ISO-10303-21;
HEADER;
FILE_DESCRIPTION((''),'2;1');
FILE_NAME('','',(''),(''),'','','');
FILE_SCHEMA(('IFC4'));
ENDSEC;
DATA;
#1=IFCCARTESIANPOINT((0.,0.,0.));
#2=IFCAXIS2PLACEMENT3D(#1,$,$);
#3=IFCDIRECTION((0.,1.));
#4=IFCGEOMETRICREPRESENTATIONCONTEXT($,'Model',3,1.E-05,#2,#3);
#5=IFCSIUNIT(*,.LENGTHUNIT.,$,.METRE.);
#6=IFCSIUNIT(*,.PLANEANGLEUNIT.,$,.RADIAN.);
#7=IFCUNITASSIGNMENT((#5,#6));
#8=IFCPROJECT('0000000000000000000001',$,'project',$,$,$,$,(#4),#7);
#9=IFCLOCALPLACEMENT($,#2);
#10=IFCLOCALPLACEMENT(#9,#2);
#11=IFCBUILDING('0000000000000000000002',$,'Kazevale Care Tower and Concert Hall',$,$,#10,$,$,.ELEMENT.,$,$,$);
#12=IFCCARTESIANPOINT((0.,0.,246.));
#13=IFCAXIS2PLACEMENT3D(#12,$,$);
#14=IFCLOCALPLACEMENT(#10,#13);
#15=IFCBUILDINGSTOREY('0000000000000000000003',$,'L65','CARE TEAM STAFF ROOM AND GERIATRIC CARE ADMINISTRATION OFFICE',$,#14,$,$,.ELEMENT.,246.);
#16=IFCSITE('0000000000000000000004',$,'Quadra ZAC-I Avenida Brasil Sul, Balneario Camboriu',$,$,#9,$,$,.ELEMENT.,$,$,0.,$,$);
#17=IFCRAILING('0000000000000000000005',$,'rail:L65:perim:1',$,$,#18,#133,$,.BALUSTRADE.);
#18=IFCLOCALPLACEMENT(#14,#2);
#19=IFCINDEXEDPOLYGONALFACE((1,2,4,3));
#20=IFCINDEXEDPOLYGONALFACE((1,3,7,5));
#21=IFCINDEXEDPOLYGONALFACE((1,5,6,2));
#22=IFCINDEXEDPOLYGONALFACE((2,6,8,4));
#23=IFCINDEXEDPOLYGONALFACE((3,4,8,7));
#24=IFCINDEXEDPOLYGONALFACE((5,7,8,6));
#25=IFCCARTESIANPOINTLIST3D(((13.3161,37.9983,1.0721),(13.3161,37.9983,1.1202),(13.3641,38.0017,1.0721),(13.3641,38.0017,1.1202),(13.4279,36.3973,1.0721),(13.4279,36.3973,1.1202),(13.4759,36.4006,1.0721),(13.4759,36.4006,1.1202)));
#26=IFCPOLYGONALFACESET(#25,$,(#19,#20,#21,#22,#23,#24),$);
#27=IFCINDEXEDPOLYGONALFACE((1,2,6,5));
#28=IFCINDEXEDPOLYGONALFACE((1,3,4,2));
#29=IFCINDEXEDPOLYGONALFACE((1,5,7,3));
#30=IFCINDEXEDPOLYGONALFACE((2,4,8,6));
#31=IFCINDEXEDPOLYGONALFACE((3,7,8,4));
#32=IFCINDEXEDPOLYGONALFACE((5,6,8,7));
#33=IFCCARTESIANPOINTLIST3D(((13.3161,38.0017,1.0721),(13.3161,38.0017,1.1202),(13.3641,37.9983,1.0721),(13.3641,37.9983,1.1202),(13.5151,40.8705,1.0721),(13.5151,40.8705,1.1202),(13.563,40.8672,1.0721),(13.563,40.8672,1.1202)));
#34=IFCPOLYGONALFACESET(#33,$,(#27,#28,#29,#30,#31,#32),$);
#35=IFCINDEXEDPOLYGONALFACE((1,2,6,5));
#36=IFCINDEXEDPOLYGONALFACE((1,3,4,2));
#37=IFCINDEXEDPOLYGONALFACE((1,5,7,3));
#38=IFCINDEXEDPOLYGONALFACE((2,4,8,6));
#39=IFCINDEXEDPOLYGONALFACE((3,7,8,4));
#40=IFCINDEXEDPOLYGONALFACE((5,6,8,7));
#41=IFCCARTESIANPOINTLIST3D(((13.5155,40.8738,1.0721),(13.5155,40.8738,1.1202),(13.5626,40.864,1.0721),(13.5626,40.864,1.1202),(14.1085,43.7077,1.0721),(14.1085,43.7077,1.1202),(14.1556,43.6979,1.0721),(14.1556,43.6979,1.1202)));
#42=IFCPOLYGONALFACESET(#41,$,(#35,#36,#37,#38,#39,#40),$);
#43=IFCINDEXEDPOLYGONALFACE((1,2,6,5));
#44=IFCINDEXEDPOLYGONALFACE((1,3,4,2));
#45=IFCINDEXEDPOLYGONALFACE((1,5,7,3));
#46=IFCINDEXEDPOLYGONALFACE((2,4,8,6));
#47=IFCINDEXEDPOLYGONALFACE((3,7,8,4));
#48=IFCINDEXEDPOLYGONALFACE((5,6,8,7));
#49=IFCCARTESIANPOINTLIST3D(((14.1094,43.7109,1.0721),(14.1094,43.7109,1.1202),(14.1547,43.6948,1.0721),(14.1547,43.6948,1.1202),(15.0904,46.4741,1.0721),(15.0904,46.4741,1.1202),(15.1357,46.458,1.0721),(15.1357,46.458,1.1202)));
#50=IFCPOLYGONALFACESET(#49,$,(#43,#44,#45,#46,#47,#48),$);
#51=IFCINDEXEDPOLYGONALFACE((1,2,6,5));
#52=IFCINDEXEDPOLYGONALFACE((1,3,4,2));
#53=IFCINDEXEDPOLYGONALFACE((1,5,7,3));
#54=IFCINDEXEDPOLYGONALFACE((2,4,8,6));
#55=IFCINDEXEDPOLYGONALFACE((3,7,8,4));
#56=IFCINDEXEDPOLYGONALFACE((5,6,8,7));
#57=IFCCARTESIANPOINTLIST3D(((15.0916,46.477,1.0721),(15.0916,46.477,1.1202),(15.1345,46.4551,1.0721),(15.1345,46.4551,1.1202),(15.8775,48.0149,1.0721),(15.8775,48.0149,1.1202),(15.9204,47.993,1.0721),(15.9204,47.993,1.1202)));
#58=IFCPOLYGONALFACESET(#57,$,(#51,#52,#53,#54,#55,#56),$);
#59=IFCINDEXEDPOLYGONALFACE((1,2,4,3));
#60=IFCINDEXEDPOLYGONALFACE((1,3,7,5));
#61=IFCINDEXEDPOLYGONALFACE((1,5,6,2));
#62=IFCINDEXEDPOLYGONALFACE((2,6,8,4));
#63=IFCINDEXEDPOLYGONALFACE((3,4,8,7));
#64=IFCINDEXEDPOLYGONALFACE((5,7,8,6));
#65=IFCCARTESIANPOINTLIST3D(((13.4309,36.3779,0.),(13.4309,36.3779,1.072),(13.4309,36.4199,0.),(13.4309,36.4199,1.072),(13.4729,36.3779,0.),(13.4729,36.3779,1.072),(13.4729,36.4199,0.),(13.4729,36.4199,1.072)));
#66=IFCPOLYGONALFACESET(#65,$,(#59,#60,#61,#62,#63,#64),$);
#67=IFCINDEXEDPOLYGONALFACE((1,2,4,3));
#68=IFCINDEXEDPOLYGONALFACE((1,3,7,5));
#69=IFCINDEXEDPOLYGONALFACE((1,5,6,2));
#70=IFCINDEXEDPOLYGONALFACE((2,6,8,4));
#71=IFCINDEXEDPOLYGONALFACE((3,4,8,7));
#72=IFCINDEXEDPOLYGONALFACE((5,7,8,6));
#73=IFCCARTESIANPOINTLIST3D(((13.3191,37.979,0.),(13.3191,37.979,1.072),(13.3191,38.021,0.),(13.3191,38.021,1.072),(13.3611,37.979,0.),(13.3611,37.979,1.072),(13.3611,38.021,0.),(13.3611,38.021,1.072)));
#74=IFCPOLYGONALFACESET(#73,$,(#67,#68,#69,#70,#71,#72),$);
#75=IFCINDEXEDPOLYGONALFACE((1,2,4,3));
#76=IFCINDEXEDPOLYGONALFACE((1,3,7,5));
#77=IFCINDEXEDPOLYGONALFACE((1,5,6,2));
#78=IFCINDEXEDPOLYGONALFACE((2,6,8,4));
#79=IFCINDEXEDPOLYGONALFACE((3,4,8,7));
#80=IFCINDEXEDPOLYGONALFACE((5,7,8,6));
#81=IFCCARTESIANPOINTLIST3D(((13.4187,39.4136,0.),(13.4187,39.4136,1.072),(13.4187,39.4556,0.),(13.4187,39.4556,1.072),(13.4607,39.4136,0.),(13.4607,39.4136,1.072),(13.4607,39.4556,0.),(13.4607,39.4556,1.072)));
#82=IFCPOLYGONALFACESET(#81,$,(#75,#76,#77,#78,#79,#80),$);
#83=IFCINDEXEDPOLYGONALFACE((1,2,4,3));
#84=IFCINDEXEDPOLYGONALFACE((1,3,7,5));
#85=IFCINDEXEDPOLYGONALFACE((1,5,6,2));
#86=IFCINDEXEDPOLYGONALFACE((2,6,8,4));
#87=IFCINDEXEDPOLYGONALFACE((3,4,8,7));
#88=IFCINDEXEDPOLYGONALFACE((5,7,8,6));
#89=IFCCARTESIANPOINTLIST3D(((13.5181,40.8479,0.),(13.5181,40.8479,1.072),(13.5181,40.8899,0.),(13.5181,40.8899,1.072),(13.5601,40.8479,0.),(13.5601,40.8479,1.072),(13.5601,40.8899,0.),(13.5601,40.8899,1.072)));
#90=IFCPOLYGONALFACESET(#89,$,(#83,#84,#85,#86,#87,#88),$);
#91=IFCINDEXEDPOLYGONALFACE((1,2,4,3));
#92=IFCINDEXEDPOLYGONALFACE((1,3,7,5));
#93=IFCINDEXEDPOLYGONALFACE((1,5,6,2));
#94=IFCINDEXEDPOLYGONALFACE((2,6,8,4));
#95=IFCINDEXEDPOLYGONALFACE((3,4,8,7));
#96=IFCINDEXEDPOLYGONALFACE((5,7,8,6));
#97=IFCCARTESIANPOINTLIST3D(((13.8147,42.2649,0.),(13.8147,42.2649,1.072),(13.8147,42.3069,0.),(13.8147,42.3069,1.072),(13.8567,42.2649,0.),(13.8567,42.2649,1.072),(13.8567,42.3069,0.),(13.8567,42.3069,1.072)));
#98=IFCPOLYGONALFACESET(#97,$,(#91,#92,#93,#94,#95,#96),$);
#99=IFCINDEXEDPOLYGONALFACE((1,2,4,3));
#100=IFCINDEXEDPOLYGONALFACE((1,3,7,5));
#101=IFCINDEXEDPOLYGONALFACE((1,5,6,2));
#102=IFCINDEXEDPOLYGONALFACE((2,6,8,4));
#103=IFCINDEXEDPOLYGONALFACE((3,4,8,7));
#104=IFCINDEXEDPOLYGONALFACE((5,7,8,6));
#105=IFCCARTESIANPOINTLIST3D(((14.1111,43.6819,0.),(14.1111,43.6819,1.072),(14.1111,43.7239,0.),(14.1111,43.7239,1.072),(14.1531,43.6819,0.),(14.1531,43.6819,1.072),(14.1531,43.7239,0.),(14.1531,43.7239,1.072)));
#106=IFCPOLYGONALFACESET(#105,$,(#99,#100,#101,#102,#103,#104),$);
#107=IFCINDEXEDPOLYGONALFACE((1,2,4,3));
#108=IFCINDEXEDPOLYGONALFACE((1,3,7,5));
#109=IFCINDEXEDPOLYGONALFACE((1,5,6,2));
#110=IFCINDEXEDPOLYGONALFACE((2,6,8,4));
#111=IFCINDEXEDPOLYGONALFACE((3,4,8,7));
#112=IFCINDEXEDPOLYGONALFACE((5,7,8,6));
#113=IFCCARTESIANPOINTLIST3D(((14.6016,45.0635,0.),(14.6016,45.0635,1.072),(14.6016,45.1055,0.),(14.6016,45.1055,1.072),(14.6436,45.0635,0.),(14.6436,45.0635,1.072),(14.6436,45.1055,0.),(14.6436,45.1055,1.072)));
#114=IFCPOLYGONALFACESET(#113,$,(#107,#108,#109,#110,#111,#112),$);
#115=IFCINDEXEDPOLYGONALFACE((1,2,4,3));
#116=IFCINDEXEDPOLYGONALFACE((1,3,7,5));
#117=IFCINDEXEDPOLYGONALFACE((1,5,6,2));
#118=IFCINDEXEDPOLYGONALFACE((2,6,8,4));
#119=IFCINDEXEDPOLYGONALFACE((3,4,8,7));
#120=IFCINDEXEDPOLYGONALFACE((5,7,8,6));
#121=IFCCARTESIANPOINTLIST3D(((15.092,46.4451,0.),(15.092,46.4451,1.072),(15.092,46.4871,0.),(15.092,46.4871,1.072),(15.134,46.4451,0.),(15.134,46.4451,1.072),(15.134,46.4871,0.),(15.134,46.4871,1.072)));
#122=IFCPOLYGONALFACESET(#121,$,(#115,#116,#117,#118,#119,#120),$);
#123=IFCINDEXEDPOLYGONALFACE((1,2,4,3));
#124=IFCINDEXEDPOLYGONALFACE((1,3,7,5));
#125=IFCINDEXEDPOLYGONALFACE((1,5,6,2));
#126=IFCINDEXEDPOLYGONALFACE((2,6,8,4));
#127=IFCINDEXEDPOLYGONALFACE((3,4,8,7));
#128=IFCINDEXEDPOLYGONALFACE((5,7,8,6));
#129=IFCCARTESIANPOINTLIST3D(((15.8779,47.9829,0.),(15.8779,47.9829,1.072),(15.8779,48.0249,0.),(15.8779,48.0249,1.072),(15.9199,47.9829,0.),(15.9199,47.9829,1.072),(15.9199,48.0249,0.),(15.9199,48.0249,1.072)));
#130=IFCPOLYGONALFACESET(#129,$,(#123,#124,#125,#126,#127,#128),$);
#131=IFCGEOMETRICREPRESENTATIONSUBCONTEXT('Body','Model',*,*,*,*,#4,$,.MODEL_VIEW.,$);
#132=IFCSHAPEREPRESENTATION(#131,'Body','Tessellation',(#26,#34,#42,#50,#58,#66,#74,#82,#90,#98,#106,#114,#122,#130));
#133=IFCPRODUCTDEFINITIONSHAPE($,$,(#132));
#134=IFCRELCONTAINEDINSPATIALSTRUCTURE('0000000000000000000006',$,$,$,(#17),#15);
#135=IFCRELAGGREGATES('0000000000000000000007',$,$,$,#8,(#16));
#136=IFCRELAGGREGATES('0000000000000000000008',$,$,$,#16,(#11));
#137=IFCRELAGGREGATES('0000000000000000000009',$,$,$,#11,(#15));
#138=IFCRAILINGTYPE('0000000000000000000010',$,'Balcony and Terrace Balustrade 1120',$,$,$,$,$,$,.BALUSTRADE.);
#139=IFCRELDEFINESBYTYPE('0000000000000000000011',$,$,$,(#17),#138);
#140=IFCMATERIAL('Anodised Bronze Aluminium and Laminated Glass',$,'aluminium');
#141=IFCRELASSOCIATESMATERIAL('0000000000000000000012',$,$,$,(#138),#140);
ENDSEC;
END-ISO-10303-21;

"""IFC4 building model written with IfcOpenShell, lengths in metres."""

from ifc_helpers import new_model, si_unit, direction, frame, origin, origin_2d, place, context, subcontext, project, spatial, rectangle, extrude, material, type_object, element, save


model = new_model("IFC4")

# Units and contexts
model_context = context("Model", 3, precision=1e-05, world=origin(), true_north=direction((0.0, 1.0)))
body_context = subcontext(model_context, "Body", "Model", "MODEL_VIEW")
ifc_project = project(units=[si_unit("LENGTHUNIT", "METRE"), si_unit("PLANEANGLEUNIT", "RADIAN")], contexts=[model_context])

# Site, building, storey
site_placement = place(None, origin())
site = spatial("IfcSite", under=ifc_project, at=site_placement, Name="Quadra ZAC-I Avenida Brasil Sul, Balneario Camboriu", CompositionType="ELEMENT", RefElevation=0.0)
building_placement = place(site_placement, origin())
building = spatial("IfcBuilding", under=site, at=building_placement, Name="Kazevale Care Tower and Concert Hall", CompositionType="ELEMENT")
storey_placement = place(building_placement, frame((0.0, 0.0, 246.0)))
storey = spatial("IfcBuildingStorey", under=building, at=storey_placement, Name="L65", Description="CARE TEAM STAFF ROOM AND GERIATRIC CARE ADMINISTRATION OFFICE", CompositionType="ELEMENT", Elevation=246.0)

# Railing
ifc_material_1 = material(Name="Anodised Bronze Aluminium and Laminated Glass", Category="aluminium")
railing_type = type_object("IfcRailingType", Name="Balcony and Terrace Balustrade 1120", PredefinedType="BALUSTRADE", material=ifc_material_1)
railing_placement = place(storey_placement, frame((13.4519, 36.3989, 0.0)))
element("IfcRailing", 1, at=railing_placement, inside=storey, type_object=railing_type, Name="rail:L65:perim:1", PredefinedType="BALUSTRADE", context=body_context, shape_type="SweptSolid", body=[
    extrude(rectangle(XDim=0.0481, YDim=0.0481, at=origin_2d()), frame((0.0, 0.0, 1.0962), z_axis=(-0.069669, 0.99757, 0.0), x_axis=(-0.99757, -0.069669, 0.0)), (0.0, 0.0, 1.0), 1.605),
    extrude(rectangle(XDim=0.0481, YDim=0.0481, at=origin_2d()), frame((-0.1118, 1.6011, 1.0962), z_axis=(0.06919, 0.997604, 0.0), x_axis=(-0.997604, 0.06919, 0.0)), (0.0, 0.0, 1.0), 2.8757),
    extrude(rectangle(XDim=0.0481, YDim=0.0481, at=origin_2d()), frame((0.0872, 4.47, 1.0962), z_axis=(0.204816, 0.9788, 0.0), x_axis=(-0.9788, 0.204816, 0.0)), (0.0, 0.0, 1.0), 2.8953),
    extrude(rectangle(XDim=0.0481, YDim=0.0481, at=origin_2d()), frame((0.6802, 7.304, 1.0962), z_axis=(0.334553, 0.942377, 0.0), x_axis=(-0.942377, 0.334553, 0.0)), (0.0, 0.0, 1.0), 2.9321),
    extrude(rectangle(XDim=0.0481, YDim=0.0481, at=origin_2d()), frame((1.6611, 10.0671, 1.0962), z_axis=(0.455056, 0.890463, 0.0), x_axis=(-0.890463, 0.455056, 0.0)), (0.0, 0.0, 1.0), 1.7271),
    extrude(rectangle(XDim=0.042, YDim=0.042, at=origin_2d()), origin(), (0.0, 0.0, 1.0), 1.072),
    extrude(rectangle(XDim=0.042, YDim=0.042, at=origin_2d()), frame((-0.1118, 1.6011, 0.0)), (0.0, 0.0, 1.0), 1.072),
    extrude(rectangle(XDim=0.042, YDim=0.042, at=origin_2d()), frame((-0.0122, 3.0356, 0.0)), (0.0, 0.0, 1.0), 1.072),
    extrude(rectangle(XDim=0.042, YDim=0.042, at=origin_2d()), frame((0.0872, 4.47, 0.0)), (0.0, 0.0, 1.0), 1.072),
    extrude(rectangle(XDim=0.042, YDim=0.042, at=origin_2d()), frame((0.3838, 5.887, 0.0)), (0.0, 0.0, 1.0), 1.072),
    extrude(rectangle(XDim=0.042, YDim=0.042, at=origin_2d()), frame((0.6802, 7.304, 0.0)), (0.0, 0.0, 1.0), 1.072),
    extrude(rectangle(XDim=0.042, YDim=0.042, at=origin_2d()), frame((1.1707, 8.6855, 0.0)), (0.0, 0.0, 1.0), 1.072),
    extrude(rectangle(XDim=0.042, YDim=0.042, at=origin_2d()), frame((1.6611, 10.0671, 0.0)), (0.0, 0.0, 1.0), 1.072),
    extrude(rectangle(XDim=0.042, YDim=0.042, at=origin_2d()), frame((2.447, 11.605, 0.0)), (0.0, 0.0, 1.0), 1.072),
])

save(model, "model.ifc")
